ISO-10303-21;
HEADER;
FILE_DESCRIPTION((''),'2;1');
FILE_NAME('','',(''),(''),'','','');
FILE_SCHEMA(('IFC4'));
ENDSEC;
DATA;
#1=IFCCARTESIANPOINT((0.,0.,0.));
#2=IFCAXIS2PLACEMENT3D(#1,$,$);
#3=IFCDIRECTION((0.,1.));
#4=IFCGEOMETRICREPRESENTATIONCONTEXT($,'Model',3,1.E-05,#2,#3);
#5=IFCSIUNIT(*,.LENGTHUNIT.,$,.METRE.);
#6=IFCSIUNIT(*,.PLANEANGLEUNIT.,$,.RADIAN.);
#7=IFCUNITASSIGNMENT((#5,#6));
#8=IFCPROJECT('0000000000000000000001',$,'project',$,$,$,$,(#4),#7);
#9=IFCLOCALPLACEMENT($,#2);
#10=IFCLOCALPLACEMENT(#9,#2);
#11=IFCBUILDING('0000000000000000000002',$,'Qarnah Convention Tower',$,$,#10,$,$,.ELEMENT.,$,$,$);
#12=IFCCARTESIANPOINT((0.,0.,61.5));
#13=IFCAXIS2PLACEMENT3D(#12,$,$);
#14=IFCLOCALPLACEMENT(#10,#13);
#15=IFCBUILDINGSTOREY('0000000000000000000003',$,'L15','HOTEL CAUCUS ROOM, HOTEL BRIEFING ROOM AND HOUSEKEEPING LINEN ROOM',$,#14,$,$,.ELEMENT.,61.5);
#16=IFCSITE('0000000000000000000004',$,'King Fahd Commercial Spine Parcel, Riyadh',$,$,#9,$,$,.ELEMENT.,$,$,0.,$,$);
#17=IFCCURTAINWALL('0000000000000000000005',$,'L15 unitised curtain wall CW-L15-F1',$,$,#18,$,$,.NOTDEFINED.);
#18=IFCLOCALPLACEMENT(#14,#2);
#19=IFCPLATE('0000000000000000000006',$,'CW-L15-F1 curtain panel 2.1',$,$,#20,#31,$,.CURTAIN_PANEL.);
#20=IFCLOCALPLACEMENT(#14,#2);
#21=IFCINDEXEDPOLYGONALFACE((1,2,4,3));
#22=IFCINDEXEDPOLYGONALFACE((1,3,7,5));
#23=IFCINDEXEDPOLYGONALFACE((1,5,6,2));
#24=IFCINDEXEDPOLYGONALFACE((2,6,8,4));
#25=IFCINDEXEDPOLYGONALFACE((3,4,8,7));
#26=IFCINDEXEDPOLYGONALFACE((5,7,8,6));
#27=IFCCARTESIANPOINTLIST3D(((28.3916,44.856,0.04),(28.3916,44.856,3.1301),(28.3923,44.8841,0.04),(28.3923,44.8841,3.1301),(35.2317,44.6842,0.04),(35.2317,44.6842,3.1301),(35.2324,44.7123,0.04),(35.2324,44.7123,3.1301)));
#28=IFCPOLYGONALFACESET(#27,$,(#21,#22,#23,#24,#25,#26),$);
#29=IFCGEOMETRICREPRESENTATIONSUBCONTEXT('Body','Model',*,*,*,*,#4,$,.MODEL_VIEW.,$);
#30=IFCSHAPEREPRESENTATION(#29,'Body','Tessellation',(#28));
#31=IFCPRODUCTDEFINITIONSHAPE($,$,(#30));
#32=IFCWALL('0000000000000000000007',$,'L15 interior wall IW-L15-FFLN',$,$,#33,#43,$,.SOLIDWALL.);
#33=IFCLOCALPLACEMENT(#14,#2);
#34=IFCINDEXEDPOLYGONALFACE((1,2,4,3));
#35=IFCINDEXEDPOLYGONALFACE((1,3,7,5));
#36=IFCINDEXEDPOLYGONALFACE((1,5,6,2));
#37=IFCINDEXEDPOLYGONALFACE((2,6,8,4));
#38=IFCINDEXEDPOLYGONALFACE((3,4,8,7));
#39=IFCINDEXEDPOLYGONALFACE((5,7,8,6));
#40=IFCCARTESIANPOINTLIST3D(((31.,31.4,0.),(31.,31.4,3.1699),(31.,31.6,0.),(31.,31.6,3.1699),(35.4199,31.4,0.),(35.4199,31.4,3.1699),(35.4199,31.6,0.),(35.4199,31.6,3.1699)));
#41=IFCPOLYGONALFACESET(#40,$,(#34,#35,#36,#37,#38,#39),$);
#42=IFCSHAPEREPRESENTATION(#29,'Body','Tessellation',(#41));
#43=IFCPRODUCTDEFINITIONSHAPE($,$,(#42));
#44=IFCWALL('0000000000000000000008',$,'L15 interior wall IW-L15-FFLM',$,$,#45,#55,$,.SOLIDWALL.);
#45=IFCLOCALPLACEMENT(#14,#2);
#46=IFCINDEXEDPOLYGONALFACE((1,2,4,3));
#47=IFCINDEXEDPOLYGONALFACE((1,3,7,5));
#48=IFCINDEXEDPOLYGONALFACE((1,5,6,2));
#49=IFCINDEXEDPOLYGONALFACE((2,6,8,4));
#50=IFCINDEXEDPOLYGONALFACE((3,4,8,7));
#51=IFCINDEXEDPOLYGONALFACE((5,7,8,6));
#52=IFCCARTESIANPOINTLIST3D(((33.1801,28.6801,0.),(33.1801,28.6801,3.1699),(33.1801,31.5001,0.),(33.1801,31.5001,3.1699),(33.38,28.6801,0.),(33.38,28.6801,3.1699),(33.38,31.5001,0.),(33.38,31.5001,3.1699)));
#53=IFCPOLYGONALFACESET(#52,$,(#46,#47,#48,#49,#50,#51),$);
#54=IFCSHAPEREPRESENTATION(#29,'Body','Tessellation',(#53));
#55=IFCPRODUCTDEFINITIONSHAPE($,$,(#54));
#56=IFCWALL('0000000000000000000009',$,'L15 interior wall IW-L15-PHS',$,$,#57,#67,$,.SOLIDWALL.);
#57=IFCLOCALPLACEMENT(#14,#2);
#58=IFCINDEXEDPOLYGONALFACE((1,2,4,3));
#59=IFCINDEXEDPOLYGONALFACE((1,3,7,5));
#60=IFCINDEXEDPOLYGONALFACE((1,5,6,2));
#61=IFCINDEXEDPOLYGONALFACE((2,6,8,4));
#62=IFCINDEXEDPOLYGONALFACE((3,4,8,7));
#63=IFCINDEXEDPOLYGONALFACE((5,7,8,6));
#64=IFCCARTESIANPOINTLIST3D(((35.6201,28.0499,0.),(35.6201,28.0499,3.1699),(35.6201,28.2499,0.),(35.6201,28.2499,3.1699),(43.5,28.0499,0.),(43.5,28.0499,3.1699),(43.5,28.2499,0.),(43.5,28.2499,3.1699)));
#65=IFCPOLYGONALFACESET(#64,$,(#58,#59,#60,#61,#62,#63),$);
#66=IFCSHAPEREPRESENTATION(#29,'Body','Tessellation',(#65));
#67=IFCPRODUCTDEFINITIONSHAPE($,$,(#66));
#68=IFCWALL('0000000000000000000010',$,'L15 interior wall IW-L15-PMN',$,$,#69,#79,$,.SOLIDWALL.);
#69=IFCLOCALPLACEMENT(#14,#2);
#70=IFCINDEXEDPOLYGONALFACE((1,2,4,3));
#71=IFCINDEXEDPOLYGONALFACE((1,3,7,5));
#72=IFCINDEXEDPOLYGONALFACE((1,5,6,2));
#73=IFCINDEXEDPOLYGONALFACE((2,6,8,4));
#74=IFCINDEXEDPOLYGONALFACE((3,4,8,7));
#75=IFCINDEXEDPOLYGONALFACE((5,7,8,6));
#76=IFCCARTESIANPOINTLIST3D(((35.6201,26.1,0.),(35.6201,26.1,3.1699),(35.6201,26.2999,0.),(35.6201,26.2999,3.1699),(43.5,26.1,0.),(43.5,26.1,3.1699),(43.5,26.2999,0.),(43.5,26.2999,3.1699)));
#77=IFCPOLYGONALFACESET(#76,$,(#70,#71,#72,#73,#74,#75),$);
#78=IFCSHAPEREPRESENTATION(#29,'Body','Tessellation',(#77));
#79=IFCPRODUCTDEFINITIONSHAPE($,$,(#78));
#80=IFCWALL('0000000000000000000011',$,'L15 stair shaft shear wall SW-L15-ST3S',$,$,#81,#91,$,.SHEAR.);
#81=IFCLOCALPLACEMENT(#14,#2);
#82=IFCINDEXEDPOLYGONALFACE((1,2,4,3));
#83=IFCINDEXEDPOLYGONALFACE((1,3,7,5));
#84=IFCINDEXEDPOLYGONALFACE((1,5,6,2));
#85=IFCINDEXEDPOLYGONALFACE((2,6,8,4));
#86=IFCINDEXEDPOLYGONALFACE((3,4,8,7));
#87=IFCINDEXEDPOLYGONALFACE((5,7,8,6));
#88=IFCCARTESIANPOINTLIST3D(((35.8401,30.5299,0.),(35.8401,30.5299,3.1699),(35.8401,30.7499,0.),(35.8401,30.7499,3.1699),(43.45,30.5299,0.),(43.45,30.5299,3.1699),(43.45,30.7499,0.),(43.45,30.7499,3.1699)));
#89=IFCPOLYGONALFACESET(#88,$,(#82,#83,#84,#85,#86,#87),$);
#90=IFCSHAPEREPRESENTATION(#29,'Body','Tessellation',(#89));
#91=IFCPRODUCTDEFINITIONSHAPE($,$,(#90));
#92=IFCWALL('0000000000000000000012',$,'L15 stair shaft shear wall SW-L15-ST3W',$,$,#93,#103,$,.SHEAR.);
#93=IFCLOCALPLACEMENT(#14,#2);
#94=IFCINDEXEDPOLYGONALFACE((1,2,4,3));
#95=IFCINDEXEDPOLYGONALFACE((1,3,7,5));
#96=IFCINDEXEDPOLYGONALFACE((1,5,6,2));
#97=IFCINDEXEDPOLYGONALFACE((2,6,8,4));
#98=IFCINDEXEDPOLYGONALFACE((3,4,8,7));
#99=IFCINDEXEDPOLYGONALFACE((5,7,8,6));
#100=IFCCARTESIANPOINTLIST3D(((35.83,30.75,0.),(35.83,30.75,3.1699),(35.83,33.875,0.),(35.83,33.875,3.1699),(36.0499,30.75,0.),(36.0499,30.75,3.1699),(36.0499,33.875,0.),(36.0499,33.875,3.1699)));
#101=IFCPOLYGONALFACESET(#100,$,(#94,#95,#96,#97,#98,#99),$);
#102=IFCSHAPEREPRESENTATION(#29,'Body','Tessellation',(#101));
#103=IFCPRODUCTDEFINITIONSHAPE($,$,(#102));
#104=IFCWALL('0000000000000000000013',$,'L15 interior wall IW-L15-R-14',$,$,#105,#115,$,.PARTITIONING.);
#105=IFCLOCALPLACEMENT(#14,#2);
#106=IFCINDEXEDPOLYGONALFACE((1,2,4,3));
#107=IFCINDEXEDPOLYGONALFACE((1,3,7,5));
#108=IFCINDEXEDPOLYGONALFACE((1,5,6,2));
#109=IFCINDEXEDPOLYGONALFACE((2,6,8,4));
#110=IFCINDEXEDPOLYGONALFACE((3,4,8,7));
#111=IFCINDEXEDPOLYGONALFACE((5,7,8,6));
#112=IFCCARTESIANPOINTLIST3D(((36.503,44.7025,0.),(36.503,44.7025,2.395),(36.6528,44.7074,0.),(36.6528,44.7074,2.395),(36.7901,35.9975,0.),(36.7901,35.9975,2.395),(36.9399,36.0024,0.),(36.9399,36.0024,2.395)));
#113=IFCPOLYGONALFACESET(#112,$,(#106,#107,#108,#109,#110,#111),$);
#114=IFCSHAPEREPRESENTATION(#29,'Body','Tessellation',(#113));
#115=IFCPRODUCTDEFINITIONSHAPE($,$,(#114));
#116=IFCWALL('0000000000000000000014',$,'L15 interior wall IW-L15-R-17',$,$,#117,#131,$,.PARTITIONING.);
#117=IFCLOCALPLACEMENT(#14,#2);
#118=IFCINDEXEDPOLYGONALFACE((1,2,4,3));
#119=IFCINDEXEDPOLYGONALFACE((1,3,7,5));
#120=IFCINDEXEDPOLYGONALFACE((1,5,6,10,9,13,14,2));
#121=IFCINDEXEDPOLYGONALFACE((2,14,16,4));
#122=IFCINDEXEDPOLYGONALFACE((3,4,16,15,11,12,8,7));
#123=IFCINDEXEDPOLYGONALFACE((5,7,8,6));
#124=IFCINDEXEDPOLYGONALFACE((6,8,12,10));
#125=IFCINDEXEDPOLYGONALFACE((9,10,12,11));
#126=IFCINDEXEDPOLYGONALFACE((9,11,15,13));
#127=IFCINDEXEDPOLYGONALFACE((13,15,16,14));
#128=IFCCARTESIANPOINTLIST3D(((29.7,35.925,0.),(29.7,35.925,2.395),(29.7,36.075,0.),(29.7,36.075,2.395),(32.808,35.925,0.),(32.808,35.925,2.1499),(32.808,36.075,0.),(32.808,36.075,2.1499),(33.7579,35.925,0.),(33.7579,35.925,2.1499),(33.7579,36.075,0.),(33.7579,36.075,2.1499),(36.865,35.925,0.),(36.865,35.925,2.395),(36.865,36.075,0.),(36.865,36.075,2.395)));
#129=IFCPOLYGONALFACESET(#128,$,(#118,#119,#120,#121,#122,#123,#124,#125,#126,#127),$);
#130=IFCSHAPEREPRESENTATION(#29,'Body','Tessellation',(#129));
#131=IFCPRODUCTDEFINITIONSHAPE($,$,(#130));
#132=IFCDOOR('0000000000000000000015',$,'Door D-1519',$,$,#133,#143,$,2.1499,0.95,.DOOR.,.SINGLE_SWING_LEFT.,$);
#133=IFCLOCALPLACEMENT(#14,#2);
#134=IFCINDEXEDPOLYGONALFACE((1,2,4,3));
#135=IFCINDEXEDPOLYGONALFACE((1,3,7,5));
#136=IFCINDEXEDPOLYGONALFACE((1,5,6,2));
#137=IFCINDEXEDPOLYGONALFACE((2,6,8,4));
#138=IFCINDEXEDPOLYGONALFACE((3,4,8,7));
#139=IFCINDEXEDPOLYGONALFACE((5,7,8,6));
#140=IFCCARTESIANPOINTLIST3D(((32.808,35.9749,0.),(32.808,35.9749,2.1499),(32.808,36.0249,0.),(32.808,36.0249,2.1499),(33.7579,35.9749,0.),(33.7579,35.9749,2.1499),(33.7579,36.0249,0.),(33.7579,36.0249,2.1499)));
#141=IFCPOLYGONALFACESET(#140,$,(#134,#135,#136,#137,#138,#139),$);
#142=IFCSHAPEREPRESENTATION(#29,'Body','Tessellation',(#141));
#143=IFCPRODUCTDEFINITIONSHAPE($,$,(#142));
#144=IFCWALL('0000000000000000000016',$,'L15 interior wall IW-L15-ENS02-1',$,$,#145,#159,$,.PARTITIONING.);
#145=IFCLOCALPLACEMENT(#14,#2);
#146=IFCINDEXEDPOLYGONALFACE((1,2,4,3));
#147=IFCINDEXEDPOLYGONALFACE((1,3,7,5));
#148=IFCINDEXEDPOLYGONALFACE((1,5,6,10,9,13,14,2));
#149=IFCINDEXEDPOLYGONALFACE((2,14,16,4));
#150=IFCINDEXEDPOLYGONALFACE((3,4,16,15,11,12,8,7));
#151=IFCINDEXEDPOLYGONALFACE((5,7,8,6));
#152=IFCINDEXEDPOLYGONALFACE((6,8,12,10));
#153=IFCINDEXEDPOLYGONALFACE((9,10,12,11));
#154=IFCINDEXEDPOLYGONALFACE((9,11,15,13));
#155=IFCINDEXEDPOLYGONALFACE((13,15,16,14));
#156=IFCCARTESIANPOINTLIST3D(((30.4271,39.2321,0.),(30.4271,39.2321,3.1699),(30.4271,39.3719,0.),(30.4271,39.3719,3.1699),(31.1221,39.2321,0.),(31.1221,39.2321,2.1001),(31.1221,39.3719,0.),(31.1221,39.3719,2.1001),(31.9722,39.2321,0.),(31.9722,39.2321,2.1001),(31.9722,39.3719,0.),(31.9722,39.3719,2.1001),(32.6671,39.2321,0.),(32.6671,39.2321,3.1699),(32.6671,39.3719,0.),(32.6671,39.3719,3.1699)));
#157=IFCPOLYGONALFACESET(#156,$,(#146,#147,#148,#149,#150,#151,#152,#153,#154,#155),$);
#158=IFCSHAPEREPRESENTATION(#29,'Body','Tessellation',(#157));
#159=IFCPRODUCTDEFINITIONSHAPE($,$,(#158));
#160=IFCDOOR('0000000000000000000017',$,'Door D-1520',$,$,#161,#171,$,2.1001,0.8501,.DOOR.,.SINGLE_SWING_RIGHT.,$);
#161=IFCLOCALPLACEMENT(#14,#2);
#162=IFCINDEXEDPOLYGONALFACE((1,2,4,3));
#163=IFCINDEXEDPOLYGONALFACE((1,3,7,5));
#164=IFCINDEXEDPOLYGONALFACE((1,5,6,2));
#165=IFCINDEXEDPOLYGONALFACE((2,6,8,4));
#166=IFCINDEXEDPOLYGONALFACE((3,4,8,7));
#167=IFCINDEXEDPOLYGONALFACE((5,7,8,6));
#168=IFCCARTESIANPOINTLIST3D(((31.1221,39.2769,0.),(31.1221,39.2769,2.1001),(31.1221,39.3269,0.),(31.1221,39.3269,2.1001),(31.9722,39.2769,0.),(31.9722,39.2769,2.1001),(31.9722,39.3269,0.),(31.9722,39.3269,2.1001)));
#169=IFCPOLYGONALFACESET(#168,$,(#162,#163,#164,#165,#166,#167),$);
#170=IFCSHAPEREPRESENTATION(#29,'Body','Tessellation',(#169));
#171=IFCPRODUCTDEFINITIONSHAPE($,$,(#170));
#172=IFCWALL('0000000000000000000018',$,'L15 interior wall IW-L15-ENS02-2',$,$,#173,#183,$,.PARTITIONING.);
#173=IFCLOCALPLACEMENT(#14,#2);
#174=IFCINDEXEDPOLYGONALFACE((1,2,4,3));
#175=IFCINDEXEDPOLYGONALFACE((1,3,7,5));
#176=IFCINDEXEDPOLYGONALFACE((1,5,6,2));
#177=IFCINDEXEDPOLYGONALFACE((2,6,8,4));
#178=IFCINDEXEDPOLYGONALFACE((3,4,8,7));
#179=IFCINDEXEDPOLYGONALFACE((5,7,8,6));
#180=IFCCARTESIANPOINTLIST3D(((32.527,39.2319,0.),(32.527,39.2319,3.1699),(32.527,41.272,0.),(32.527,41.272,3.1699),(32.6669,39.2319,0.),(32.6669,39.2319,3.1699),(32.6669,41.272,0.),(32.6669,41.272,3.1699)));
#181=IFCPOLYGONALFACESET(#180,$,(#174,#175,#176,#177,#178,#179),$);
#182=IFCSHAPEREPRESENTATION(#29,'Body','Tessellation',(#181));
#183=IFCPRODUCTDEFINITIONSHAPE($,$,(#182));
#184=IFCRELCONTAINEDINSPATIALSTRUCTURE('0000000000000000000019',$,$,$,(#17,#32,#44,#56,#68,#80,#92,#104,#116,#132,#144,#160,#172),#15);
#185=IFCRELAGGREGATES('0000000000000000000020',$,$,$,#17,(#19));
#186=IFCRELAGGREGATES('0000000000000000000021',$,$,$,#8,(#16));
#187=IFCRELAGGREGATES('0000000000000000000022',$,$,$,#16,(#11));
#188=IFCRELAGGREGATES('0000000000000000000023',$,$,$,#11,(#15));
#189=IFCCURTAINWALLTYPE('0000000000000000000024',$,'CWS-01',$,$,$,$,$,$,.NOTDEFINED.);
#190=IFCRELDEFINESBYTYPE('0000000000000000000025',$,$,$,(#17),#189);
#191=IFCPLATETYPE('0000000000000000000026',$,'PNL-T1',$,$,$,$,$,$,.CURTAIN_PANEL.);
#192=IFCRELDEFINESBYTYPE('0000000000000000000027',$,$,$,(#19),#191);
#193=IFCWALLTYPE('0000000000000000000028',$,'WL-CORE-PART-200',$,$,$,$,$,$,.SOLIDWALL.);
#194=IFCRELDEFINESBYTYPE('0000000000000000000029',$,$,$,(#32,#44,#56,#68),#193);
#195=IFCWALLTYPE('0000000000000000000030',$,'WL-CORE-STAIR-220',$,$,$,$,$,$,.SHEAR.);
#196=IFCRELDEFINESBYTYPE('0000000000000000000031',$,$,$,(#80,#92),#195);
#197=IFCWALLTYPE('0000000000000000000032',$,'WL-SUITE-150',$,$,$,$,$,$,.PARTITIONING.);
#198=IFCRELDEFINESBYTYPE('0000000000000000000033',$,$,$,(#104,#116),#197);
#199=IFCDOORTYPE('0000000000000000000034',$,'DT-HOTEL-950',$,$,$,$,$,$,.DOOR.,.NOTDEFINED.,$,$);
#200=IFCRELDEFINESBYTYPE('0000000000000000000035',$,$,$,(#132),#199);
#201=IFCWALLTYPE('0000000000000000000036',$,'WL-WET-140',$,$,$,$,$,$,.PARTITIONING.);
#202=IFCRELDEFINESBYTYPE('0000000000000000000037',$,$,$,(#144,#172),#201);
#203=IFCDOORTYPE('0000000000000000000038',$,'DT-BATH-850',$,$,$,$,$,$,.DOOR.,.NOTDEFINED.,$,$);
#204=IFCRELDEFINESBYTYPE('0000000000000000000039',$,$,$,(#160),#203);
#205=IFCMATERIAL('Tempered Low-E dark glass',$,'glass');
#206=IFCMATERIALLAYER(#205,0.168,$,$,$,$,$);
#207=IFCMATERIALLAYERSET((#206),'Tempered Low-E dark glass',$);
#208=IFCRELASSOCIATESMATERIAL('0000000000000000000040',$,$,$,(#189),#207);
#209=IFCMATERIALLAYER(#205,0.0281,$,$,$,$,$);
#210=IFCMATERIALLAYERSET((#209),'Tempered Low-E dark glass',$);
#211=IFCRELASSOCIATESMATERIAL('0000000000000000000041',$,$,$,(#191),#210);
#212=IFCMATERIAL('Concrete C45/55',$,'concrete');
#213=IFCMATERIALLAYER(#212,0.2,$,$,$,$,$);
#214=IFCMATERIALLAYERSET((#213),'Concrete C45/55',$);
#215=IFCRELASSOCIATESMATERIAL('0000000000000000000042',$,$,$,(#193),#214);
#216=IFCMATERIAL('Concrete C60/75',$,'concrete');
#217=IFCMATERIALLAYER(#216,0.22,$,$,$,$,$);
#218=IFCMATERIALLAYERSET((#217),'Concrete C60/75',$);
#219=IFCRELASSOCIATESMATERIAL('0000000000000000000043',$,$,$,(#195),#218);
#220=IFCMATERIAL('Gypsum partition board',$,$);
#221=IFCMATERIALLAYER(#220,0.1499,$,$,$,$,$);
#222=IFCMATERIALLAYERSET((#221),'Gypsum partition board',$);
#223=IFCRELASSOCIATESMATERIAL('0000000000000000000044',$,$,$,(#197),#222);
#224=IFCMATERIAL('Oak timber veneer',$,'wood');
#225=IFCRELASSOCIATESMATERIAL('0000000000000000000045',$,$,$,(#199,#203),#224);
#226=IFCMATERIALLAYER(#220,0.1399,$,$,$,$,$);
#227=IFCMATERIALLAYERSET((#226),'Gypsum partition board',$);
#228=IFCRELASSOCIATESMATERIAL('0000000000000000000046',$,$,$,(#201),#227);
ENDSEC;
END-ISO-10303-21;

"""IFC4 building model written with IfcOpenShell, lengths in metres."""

from ifc_helpers import new_model, si_unit, direction, frame, frame_2d, origin, origin_2d, place, context, subcontext, project, spatial, rectangle, extrude, material, layer, layer_set, type_object, element, fill, aggregate, save


model = new_model("IFC4")

# Units and contexts
model_context = context("Model", 3, precision=1e-05, world=origin(), true_north=direction((0.0, 1.0)))
body_context = subcontext(model_context, "Body", "Model", "MODEL_VIEW")
ifc_project = project(units=[si_unit("LENGTHUNIT", "METRE"), si_unit("PLANEANGLEUNIT", "RADIAN")], contexts=[model_context])

# Site, building, storey
site_placement = place(None, origin())
site = spatial("IfcSite", under=ifc_project, at=site_placement, Name="King Fahd Commercial Spine Parcel, Riyadh", CompositionType="ELEMENT", RefElevation=0.0)
building_placement = place(site_placement, origin())
building = spatial("IfcBuilding", under=site, at=building_placement, Name="Qarnah Convention Tower", CompositionType="ELEMENT")
storey_placement = place(building_placement, frame((0.0, 0.0, 61.5)))
storey = spatial("IfcBuildingStorey", under=building, at=storey_placement, Name="L15", Description="HOTEL CAUCUS ROOM, HOTEL BRIEFING ROOM AND HOUSEKEEPING LINEN ROOM", CompositionType="ELEMENT", Elevation=61.5)

# Shared definitions
ifc_material_1 = material(Name="Concrete C60/75", Category="concrete")

# Curtain wall, plate
ifc_material_2 = material(Name="Tempered Low-E dark glass", Category="glass")
ifc_layer_1 = layer(ifc_material_2, 0.168)
ifc_layer_set_1 = layer_set([ifc_layer_1], Name="Tempered Low-E dark glass")
curtain_wall_type = type_object("IfcCurtainWallType", Name="CWS-01", PredefinedType="NOTDEFINED", material=ifc_layer_set_1)
curtain_wall_placement = place(storey_placement, origin())
curtain_wall = element("IfcCurtainWall", 1, at=curtain_wall_placement, inside=storey, type_object=curtain_wall_type, Name="L15 unitised curtain wall CW-L15-F1", PredefinedType="NOTDEFINED")
ifc_layer_2 = layer(ifc_material_2, 0.0281)
ifc_layer_set_2 = layer_set([ifc_layer_2], Name="Tempered Low-E dark glass")
plate_type = type_object("IfcPlateType", Name="PNL-T1", PredefinedType="CURTAIN_PANEL", material=ifc_layer_set_2)
plate_placement = place(storey_placement, frame((31.812, 44.7842, 0.04), z_axis=(0.0, 0.0, 1.0), x_axis=(0.999685, -0.025108, 0.0)))
plate = element("IfcPlate", 2, at=plate_placement, type_object=plate_type, Name="CW-L15-F1 curtain panel 2.1", PredefinedType="CURTAIN_PANEL", context=body_context, shape_type="SweptSolid", body=[
    extrude(rectangle(XDim=6.8423, YDim=0.0281, at=origin_2d()), origin(), (0.0, 0.0, 1.0), 3.0901),
])
aggregate(curtain_wall, [plate])

# Shared definitions
ifc_material_3 = material(Name="Concrete C45/55", Category="concrete")
ifc_layer_3 = layer(ifc_material_3, 0.2)
ifc_layer_set_3 = layer_set([ifc_layer_3], Name="Concrete C45/55")
wall_type_1 = type_object("IfcWallType", Name="WL-CORE-PART-200", PredefinedType="SOLIDWALL", material=ifc_layer_set_3)

# Walls
wall_1_placement = place(storey_placement, frame((31.0, 31.5, 0.0), z_axis=(0.0, 0.0, 1.0), x_axis=(1.0, 0.0, 0.0)))
element("IfcWall", 3, at=wall_1_placement, inside=storey, type_object=wall_type_1, Name="L15 interior wall IW-L15-FFLN", PredefinedType="SOLIDWALL", context=body_context, shape_type="SweptSolid", body=[
    extrude(rectangle(XDim=4.4199, YDim=0.2, at=frame_2d((2.21, 0.0))), origin(), (0.0, 0.0, 1.0), 3.1699),
])
wall_2_placement = place(storey_placement, frame((33.28, 28.6799, 0.0), z_axis=(0.0, 0.0, 1.0), x_axis=(0.0, 1.0, 0.0)))
element("IfcWall", 4, at=wall_2_placement, inside=storey, type_object=wall_type_1, Name="L15 interior wall IW-L15-FFLM", PredefinedType="SOLIDWALL", context=body_context, shape_type="SweptSolid", body=[
    extrude(rectangle(XDim=2.8201, YDim=0.2, at=frame_2d((1.4102, 0.0))), origin(), (0.0, 0.0, 1.0), 3.1699),
])
for number, where, z_axis, x_axis, name in (
    (5, (35.6201, 28.1499, 0.0), (0.0, 0.0, 1.0), (1.0, 0.0, 0.0), "L15 interior wall IW-L15-PHS"),
    (6, (35.6201, 26.2, 0.0), (0.0, 0.0, 1.0), (1.0, 0.0, 0.0), "L15 interior wall IW-L15-PMN"),
):
    element("IfcWall", number, at=place(storey_placement, frame(where, z_axis=z_axis, x_axis=x_axis)), inside=storey, type_object=wall_type_1, Name=name, PredefinedType="SOLIDWALL", context=body_context, shape_type="SweptSolid", body=[
        extrude(rectangle(XDim=7.8799, YDim=0.2, at=frame_2d((3.9399, 0.0))), origin(), (0.0, 0.0, 1.0), 3.1699),
    ])
ifc_layer_4 = layer(ifc_material_1, 0.22)
ifc_layer_set_4 = layer_set([ifc_layer_4], Name="Concrete C60/75")
wall_type_2 = type_object("IfcWallType", Name="WL-CORE-STAIR-220", PredefinedType="SHEAR", material=ifc_layer_set_4)
wall_3_placement = place(storey_placement, frame((35.8401, 30.6399, 0.0), z_axis=(0.0, 0.0, 1.0), x_axis=(1.0, 0.0, 0.0)))
element("IfcWall", 7, at=wall_3_placement, inside=storey, type_object=wall_type_2, Name="L15 stair shaft shear wall SW-L15-ST3S", PredefinedType="SHEAR", context=body_context, shape_type="SweptSolid", body=[
    extrude(rectangle(XDim=7.6099, YDim=0.22, at=frame_2d((3.8049, 0.0))), origin(), (0.0, 0.0, 1.0), 3.1699),
])
wall_4_placement = place(storey_placement, frame((35.9399, 30.75, 0.0), z_axis=(0.0, 0.0, 1.0), x_axis=(0.0, 1.0, 0.0)))
element("IfcWall", 8, at=wall_4_placement, inside=storey, type_object=wall_type_2, Name="L15 stair shaft shear wall SW-L15-ST3W", PredefinedType="SHEAR", context=body_context, shape_type="SweptSolid", body=[
    extrude(rectangle(XDim=3.125, YDim=0.22, at=frame_2d((1.5625, 0.0))), origin(), (0.0, 0.0, 1.0), 3.1699),
])
ifc_material_4 = material(Name="Gypsum partition board")
ifc_layer_5 = layer(ifc_material_4, 0.1499)
ifc_layer_set_5 = layer_set([ifc_layer_5], Name="Gypsum partition board")
wall_type_3 = type_object("IfcWallType", Name="WL-SUITE-150", PredefinedType="PARTITIONING", material=ifc_layer_set_5)
wall_5_placement = place(storey_placement, frame((36.5779, 44.7051, 0.0), z_axis=(0.0, 0.0, 1.0), x_axis=(0.032964, -0.999457, 0.0)))
element("IfcWall", 9, at=wall_5_placement, inside=storey, type_object=wall_type_3, Name="L15 interior wall IW-L15-R-14", PredefinedType="PARTITIONING", context=body_context, shape_type="SweptSolid", body=[
    extrude(rectangle(XDim=8.7097, YDim=0.1499, at=frame_2d((4.355, 0.0))), origin(), (0.0, 0.0, 1.0), 2.395),
])

# Walls, openings, doors
wall_6_placement = place(storey_placement, frame((29.7, 36.0, 0.0), z_axis=(0.0, 0.0, 1.0), x_axis=(1.0, 0.0, 0.0)))
wall_6 = element("IfcWall", 10, at=wall_6_placement, inside=storey, type_object=wall_type_3, Name="L15 interior wall IW-L15-R-17", PredefinedType="PARTITIONING", context=body_context, shape_type="SweptSolid", body=[
    extrude(rectangle(XDim=7.165, YDim=0.1499, at=frame_2d((3.5825, 0.0))), origin(), (0.0, 0.0, 1.0), 2.395),
])
opening_1_placement = place(wall_6_placement, frame((3.1079, 0.0, 0.0)))
opening_1 = element("IfcOpeningElement", 11, at=opening_1_placement, cuts=wall_6, PredefinedType="OPENING", context=body_context, shape_type="SweptSolid", body=[
    extrude(rectangle(XDim=0.95, YDim=2.1499, at=frame_2d((0.4751, 1.075))), frame((0.0, 0.085, 0.0), z_axis=(0.0, -1.0, 0.0), x_axis=(1.0, 0.0, 0.0)), (0.0, 0.0, 1.0), 0.1699),
])
ifc_material_5 = material(Name="Oak timber veneer", Category="wood")
door_type_1 = type_object("IfcDoorType", Name="DT-HOTEL-950", OperationType="NOTDEFINED", PredefinedType="DOOR", material=ifc_material_5)
door_1_placement = place(opening_1_placement, origin())
door_1 = element("IfcDoor", 12, at=door_1_placement, inside=storey, type_object=door_type_1, Name="Door D-1519", OperationType="SINGLE_SWING_LEFT", OverallHeight=2.1499, OverallWidth=0.95, PredefinedType="DOOR", context=body_context, shape_type="SweptSolid", body=[
    extrude(rectangle(XDim=0.95, YDim=2.1499, at=frame_2d((0.4751, 1.075))), frame((0.0, 0.0249, 0.0), z_axis=(0.0, -1.0, 0.0), x_axis=(1.0, 0.0, 0.0)), (0.0, 0.0, 1.0), 0.05),
])
fill(opening_1, door_1)
ifc_layer_6 = layer(ifc_material_4, 0.1399)
ifc_layer_set_6 = layer_set([ifc_layer_6], Name="Gypsum partition board")
wall_type_4 = type_object("IfcWallType", Name="WL-WET-140", PredefinedType="PARTITIONING", material=ifc_layer_set_6)
wall_7_placement = place(storey_placement, frame((30.427, 39.302, 0.0), z_axis=(0.0, 0.0, 1.0), x_axis=(1.0, 0.0, 0.0)))
wall_7 = element("IfcWall", 13, at=wall_7_placement, inside=storey, type_object=wall_type_4, Name="L15 interior wall IW-L15-ENS02-1", PredefinedType="PARTITIONING", context=body_context, shape_type="SweptSolid", body=[
    extrude(rectangle(XDim=2.24, YDim=0.1399, at=frame_2d((1.1201, 0.0))), origin(), (0.0, 0.0, 1.0), 3.1699),
])
opening_2_placement = place(wall_7_placement, frame((0.6951, 0.0, 0.0)))
opening_2 = element("IfcOpeningElement", 14, at=opening_2_placement, cuts=wall_7, PredefinedType="OPENING", context=body_context, shape_type="SweptSolid", body=[
    extrude(rectangle(XDim=0.8501, YDim=2.1001, at=frame_2d((0.425, 1.05))), frame((0.0, 0.0798, 0.0), z_axis=(0.0, -1.0, 0.0), x_axis=(1.0, 0.0, 0.0)), (0.0, 0.0, 1.0), 0.1599),
])
door_type_2 = type_object("IfcDoorType", Name="DT-BATH-850", OperationType="NOTDEFINED", PredefinedType="DOOR", material=ifc_material_5)
door_2_placement = place(opening_2_placement, origin())
door_2 = element("IfcDoor", 15, at=door_2_placement, inside=storey, type_object=door_type_2, Name="Door D-1520", OperationType="SINGLE_SWING_RIGHT", OverallHeight=2.1001, OverallWidth=0.8501, PredefinedType="DOOR", context=body_context, shape_type="SweptSolid", body=[
    extrude(rectangle(XDim=0.8501, YDim=2.1001, at=frame_2d((0.425, 1.05))), frame((0.0, 0.0249, 0.0), z_axis=(0.0, -1.0, 0.0), x_axis=(1.0, 0.0, 0.0)), (0.0, 0.0, 1.0), 0.05),
])
fill(opening_2, door_2)

# Wall
wall_8_placement = place(storey_placement, frame((32.5969, 39.2319, 0.0), z_axis=(0.0, 0.0, 1.0), x_axis=(0.0, 1.0, 0.0)))
element("IfcWall", 16, at=wall_8_placement, inside=storey, type_object=wall_type_4, Name="L15 interior wall IW-L15-ENS02-2", PredefinedType="PARTITIONING", context=body_context, shape_type="SweptSolid", body=[
    extrude(rectangle(XDim=2.04, YDim=0.1399, at=frame_2d((1.02, 0.0))), origin(), (0.0, 0.0, 1.0), 3.1699),
])

save(model, "model.ifc")
